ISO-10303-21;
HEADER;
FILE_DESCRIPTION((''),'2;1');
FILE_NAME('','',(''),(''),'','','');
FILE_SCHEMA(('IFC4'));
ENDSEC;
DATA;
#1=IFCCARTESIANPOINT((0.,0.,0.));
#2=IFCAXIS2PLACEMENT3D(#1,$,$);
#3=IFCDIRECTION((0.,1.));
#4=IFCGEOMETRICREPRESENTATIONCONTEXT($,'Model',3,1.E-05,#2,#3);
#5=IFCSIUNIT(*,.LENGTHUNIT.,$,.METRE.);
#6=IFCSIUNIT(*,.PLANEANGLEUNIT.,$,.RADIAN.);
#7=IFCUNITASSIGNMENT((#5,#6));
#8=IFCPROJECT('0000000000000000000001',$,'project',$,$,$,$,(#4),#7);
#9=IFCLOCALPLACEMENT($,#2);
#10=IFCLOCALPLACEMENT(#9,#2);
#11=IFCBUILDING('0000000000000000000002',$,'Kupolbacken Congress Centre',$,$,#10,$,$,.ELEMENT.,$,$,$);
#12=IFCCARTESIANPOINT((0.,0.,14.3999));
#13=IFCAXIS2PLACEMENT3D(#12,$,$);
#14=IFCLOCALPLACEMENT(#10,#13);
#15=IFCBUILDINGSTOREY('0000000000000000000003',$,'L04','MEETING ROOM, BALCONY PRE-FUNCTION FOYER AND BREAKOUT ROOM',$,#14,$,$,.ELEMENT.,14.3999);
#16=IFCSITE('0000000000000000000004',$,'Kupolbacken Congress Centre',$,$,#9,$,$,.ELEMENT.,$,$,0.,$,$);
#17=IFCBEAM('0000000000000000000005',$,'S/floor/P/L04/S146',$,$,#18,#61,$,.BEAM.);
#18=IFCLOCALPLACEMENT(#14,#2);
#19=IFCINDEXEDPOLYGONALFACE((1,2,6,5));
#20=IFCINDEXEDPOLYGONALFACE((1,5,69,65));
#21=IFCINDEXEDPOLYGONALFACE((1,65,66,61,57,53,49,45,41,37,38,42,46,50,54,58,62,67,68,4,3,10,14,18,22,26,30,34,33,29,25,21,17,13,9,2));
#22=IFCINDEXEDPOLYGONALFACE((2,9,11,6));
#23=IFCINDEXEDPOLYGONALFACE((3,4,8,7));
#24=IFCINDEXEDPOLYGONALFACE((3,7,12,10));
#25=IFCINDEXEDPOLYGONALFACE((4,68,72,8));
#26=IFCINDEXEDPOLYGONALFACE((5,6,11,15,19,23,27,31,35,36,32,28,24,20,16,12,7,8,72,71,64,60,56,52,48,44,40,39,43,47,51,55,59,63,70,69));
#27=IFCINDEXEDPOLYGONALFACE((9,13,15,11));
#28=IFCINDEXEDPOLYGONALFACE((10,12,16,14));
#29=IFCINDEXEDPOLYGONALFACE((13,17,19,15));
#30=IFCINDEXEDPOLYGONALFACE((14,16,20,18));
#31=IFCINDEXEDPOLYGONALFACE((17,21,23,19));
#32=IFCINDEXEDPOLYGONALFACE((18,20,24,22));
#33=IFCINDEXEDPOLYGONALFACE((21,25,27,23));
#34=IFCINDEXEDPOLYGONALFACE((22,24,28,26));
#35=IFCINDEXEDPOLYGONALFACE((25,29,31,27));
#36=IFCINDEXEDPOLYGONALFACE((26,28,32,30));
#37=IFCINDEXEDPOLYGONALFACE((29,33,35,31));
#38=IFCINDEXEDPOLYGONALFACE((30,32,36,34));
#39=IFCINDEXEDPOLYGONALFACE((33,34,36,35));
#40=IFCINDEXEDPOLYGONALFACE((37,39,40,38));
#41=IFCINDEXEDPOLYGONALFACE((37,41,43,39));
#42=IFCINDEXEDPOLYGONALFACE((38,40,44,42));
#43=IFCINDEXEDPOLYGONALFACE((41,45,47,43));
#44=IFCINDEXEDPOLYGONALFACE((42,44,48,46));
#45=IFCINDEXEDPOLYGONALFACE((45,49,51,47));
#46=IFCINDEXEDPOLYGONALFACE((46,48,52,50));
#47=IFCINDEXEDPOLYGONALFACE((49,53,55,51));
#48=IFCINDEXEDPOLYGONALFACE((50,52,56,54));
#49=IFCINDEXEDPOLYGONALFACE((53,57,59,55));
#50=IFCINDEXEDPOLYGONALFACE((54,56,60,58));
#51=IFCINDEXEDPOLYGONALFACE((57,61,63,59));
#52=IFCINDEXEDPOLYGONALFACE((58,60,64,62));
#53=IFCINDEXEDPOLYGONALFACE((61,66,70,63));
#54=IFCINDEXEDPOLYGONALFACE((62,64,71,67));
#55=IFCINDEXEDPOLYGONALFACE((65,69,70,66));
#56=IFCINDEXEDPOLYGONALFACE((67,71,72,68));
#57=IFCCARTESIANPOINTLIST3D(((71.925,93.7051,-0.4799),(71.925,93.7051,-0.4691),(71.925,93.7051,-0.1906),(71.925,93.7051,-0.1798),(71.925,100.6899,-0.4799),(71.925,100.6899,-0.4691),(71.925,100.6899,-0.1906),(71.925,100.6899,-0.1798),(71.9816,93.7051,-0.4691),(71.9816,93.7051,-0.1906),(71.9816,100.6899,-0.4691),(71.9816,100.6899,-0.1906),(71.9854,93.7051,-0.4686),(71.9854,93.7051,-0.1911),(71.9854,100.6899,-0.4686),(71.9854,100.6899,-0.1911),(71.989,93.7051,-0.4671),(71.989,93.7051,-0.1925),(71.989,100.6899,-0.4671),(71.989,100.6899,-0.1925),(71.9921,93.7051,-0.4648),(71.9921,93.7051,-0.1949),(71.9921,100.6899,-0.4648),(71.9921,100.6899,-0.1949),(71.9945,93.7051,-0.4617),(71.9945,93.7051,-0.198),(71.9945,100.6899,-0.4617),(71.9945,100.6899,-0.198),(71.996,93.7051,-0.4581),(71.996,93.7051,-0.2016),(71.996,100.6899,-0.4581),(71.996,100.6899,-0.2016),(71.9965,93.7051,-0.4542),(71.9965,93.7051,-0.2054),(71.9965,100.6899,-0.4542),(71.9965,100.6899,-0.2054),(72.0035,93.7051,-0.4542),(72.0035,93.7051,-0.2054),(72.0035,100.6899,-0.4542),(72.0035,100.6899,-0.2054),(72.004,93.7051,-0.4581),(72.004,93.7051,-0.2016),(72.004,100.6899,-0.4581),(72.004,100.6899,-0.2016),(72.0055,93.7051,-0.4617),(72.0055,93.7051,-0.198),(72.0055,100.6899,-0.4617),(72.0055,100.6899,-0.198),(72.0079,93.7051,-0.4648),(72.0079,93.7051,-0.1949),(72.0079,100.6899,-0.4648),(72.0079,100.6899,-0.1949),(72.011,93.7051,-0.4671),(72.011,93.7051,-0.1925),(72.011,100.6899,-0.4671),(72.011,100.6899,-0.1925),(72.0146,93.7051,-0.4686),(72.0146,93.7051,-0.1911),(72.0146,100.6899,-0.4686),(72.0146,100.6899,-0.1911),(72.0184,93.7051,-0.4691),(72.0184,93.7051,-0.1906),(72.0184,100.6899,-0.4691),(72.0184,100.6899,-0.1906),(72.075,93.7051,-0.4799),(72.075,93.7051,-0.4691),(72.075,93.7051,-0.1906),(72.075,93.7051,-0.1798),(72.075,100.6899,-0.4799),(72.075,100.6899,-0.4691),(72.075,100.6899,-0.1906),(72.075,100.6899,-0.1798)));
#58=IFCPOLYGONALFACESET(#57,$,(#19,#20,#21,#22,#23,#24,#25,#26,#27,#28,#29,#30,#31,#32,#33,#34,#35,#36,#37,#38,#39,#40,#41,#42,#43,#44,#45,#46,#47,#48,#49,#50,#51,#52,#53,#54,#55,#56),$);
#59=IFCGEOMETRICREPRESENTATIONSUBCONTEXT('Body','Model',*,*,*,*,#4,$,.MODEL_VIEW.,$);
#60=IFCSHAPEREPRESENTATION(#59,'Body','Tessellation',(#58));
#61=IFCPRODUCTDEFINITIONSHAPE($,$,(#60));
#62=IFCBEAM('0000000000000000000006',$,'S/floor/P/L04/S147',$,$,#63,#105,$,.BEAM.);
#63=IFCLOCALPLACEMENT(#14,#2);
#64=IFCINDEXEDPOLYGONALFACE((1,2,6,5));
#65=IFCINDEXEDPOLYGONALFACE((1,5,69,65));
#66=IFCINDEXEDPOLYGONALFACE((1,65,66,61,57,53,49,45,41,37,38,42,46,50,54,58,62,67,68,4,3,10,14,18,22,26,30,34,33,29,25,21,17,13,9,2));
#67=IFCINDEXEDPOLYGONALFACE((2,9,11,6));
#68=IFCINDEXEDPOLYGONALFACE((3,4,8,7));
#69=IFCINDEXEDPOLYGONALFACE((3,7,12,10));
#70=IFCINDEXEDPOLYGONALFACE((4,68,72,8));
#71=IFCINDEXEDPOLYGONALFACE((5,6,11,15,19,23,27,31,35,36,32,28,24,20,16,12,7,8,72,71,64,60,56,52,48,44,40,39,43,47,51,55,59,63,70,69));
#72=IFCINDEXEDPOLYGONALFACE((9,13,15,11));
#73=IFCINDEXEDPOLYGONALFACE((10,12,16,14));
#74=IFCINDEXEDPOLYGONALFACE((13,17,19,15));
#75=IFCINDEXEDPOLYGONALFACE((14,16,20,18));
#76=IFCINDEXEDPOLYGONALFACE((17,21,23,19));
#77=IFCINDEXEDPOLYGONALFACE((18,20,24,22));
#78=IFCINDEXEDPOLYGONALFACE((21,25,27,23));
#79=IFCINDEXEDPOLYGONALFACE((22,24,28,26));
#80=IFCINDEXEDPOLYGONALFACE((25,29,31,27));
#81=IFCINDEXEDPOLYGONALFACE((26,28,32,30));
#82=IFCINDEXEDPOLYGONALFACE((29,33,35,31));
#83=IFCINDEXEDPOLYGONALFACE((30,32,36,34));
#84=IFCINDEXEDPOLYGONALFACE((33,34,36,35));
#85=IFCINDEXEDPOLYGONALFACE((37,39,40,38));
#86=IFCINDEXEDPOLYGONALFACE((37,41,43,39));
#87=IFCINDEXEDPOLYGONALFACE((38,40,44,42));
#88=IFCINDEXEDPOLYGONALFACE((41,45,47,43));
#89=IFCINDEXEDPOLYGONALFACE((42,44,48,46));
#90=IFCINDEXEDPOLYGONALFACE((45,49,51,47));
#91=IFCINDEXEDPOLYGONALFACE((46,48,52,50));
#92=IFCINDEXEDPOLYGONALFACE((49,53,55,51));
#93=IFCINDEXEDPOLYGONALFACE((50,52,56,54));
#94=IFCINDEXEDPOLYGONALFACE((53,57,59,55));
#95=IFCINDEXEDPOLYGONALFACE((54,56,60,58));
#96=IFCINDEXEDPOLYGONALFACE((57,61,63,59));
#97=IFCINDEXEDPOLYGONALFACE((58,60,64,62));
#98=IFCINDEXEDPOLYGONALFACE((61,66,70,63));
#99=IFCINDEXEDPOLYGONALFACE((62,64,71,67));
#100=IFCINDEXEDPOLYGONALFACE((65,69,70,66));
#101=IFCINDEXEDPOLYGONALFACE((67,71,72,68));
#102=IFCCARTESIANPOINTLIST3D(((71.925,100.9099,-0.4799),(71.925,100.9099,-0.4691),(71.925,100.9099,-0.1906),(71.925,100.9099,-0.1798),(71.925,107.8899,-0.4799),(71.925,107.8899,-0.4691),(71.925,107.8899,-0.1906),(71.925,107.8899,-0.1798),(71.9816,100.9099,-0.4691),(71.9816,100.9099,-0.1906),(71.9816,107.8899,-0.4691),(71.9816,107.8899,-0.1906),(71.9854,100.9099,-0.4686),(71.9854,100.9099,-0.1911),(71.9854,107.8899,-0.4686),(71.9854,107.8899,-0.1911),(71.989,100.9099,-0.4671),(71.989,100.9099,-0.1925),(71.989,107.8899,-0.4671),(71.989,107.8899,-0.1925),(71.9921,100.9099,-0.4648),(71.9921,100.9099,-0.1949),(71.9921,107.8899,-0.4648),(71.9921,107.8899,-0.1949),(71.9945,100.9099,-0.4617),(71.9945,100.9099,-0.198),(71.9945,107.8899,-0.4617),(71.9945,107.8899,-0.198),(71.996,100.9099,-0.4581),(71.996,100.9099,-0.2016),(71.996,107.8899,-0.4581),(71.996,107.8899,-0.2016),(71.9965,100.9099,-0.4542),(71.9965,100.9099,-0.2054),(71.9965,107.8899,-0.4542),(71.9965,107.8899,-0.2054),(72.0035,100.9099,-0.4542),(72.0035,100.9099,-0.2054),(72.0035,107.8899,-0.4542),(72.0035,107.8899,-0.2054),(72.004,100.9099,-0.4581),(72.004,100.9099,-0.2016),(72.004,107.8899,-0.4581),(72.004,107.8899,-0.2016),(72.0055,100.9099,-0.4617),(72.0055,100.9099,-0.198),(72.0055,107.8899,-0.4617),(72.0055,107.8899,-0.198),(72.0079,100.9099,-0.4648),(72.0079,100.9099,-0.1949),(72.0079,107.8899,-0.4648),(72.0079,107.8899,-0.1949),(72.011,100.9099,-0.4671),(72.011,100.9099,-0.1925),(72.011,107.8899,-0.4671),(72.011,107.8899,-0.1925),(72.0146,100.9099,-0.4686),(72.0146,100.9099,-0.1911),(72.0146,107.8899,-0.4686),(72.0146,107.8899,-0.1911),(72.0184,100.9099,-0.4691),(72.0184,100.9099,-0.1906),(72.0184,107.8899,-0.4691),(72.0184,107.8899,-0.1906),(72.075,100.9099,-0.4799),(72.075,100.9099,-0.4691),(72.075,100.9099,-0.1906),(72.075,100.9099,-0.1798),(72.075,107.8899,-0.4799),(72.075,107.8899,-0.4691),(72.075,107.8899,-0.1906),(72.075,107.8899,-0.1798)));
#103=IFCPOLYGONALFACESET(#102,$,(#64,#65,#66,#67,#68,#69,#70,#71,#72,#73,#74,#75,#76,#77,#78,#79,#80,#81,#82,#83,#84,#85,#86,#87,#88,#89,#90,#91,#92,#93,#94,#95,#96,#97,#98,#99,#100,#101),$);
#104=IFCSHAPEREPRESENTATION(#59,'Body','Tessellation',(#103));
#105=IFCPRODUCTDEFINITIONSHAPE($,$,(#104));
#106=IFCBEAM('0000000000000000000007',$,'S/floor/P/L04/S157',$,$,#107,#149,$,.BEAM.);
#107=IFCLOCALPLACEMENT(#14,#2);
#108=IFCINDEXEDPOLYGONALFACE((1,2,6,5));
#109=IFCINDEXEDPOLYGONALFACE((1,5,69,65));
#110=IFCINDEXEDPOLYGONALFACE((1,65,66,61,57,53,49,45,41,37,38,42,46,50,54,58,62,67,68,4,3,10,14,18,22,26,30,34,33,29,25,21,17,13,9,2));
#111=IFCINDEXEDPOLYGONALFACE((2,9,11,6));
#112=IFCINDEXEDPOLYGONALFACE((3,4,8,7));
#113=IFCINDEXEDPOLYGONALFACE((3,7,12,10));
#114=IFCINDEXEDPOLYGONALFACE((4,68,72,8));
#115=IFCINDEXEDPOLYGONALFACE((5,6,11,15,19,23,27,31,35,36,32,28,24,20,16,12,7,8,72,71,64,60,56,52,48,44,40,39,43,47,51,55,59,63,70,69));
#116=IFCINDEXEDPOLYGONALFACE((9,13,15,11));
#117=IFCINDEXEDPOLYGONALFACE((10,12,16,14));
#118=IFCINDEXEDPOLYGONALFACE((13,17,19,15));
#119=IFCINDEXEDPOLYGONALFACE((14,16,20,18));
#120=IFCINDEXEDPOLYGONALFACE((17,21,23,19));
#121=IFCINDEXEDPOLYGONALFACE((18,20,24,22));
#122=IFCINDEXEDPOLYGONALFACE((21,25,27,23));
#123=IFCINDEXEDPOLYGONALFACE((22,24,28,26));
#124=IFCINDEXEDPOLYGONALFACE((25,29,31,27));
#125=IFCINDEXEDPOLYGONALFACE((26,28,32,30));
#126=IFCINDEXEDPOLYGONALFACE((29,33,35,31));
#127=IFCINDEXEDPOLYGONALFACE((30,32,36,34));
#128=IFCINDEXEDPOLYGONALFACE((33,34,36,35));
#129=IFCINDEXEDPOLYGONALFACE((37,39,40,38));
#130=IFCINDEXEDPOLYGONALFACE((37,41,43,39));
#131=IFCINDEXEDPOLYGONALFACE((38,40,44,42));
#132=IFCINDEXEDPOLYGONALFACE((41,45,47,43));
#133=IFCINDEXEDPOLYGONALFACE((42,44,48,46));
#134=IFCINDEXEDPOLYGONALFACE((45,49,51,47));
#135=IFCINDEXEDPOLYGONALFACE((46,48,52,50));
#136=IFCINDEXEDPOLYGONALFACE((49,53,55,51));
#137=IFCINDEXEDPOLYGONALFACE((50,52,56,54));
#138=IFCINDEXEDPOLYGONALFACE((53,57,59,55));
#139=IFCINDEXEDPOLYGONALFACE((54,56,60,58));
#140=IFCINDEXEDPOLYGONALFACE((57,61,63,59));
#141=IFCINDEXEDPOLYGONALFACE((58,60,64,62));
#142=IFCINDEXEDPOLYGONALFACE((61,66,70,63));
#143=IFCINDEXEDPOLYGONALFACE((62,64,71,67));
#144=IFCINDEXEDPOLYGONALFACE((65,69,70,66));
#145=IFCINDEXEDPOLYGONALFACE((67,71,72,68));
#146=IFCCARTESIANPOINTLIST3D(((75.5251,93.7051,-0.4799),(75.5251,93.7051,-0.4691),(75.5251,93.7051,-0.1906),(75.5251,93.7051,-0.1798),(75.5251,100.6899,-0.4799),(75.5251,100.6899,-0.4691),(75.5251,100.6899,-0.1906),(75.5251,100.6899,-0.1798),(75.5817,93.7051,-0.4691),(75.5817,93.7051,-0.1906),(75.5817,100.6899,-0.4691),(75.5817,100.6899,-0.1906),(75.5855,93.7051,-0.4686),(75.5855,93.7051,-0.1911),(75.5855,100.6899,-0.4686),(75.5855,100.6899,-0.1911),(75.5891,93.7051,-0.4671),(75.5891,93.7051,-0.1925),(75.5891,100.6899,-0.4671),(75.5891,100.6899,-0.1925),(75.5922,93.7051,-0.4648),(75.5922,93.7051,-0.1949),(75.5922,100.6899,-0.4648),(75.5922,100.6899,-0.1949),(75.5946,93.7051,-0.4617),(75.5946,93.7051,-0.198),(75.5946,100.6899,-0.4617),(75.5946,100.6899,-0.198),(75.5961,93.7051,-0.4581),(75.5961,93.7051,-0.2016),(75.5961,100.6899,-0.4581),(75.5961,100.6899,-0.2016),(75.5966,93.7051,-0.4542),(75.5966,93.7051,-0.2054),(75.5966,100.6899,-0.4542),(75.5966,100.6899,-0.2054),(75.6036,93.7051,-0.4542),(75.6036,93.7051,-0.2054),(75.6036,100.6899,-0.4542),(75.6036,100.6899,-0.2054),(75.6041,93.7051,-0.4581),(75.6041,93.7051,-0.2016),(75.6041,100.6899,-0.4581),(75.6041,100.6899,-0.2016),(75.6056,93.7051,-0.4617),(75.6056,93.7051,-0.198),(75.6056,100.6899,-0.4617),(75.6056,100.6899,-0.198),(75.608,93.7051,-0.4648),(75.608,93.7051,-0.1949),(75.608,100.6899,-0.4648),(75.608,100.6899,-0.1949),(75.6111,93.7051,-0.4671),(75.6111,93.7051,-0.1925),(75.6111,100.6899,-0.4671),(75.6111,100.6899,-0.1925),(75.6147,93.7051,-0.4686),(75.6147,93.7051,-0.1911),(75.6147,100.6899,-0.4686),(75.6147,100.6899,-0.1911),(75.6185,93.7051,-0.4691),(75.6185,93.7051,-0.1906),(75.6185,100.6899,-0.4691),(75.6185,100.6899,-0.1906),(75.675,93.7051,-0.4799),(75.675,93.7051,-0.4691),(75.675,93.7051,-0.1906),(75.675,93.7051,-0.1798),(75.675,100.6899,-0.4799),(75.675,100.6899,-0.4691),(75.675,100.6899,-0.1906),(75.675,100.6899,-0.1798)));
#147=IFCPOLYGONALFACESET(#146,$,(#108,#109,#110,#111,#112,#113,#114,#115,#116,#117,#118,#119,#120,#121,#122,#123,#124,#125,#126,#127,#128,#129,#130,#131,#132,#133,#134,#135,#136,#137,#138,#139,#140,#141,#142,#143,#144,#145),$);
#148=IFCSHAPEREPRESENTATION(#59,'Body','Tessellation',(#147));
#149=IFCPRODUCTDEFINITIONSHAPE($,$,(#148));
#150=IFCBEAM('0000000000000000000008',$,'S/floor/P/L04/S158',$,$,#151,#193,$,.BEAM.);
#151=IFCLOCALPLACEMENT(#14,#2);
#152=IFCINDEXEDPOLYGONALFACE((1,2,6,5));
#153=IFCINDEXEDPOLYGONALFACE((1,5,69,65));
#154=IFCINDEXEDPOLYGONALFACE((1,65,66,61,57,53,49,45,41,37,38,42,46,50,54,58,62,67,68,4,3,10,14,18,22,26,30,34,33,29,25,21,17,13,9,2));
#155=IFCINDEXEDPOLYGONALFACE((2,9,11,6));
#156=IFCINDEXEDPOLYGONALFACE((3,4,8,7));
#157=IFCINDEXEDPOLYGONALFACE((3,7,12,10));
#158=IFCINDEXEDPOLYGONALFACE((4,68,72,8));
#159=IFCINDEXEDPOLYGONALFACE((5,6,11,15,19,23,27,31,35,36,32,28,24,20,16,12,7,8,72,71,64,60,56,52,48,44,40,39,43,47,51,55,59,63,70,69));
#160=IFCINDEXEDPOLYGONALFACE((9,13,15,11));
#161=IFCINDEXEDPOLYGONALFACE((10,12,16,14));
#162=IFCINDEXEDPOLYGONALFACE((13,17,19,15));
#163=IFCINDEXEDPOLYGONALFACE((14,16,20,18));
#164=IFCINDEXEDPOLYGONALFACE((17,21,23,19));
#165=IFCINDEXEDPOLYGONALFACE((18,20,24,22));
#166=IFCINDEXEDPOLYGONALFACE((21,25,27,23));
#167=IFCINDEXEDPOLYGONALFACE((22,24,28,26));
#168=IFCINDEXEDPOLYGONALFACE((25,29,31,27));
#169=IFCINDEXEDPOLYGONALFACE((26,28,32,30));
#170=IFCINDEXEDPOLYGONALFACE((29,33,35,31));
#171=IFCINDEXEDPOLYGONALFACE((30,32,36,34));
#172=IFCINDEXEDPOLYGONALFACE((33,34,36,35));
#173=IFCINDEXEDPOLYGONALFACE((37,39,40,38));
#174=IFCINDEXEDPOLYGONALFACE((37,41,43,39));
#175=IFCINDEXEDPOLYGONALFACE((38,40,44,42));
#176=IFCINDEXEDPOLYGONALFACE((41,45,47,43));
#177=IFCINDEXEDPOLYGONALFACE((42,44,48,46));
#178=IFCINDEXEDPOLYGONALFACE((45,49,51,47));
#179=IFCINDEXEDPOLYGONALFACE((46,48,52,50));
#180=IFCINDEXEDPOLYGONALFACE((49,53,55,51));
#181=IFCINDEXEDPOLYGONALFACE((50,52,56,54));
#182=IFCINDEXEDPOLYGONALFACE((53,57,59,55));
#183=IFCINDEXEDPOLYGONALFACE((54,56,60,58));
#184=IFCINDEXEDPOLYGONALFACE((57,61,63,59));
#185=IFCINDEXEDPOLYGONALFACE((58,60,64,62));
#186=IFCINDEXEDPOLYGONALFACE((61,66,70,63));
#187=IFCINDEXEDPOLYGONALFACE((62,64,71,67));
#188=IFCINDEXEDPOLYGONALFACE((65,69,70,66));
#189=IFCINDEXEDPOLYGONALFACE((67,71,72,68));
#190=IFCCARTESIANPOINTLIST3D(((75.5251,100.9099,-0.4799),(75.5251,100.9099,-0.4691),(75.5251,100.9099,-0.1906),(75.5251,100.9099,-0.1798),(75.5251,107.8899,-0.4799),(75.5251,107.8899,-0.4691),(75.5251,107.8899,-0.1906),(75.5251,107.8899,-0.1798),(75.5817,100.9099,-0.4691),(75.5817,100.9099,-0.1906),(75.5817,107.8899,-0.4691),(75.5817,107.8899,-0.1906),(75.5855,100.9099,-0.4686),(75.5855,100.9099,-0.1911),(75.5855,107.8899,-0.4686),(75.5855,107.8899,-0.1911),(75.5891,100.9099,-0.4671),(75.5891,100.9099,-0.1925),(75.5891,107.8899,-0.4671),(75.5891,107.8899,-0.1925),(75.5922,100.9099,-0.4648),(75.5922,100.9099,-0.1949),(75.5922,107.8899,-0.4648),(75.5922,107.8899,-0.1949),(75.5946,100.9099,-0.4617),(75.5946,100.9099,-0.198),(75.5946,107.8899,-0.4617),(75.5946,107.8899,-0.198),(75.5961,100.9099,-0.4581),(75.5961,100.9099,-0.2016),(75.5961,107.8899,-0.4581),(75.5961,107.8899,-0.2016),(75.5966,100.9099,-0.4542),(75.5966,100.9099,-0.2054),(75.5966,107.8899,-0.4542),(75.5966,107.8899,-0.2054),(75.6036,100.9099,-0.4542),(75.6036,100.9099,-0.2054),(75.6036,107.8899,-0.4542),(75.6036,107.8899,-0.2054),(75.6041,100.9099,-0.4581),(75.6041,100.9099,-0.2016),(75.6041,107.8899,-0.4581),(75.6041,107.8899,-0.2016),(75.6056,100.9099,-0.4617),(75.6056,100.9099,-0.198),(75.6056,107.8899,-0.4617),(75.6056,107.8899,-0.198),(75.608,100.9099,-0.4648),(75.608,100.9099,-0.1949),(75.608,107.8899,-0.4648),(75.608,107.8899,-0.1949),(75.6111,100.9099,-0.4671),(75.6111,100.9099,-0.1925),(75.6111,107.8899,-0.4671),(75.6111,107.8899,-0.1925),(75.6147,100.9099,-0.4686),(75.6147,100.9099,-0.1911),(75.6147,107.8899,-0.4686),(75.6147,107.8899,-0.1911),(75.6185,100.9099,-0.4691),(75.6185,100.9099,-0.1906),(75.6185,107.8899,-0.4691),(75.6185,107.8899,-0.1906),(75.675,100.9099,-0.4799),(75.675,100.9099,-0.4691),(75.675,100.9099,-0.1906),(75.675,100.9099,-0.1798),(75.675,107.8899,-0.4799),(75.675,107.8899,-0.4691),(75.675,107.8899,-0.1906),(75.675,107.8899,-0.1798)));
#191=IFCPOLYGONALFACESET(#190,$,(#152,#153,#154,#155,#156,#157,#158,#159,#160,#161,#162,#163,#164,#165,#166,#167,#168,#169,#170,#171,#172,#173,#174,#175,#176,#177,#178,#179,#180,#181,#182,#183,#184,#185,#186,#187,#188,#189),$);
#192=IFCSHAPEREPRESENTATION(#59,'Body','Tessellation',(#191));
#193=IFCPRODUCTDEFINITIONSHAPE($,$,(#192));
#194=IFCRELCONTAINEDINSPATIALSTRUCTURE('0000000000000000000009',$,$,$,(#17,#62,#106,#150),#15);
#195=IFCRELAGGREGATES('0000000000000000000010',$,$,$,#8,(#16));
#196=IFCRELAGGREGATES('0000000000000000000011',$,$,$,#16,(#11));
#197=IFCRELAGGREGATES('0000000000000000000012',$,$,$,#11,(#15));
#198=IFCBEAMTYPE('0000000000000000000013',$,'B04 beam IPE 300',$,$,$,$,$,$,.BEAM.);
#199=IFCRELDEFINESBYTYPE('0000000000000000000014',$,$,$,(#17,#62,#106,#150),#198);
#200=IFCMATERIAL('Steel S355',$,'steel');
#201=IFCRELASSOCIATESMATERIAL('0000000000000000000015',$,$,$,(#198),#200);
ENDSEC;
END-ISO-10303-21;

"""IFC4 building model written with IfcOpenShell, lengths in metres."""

from ifc_helpers import new_model, si_unit, direction, frame, origin, origin_2d, place, context, subcontext, project, spatial, i_section, extrude, material, material_profile, profile_set, type_object, element, save


model = new_model("IFC4")

# Units and contexts
model_context = context("Model", 3, precision=1e-05, world=origin(), true_north=direction((0.0, 1.0)))
body_context = subcontext(model_context, "Body", "Model", "MODEL_VIEW")
ifc_project = project(units=[si_unit("LENGTHUNIT", "METRE"), si_unit("PLANEANGLEUNIT", "RADIAN")], contexts=[model_context])

# Site, building, storey
site_placement = place(None, origin())
site = spatial("IfcSite", under=ifc_project, at=site_placement, Name="Kupolbacken Congress Centre", CompositionType="ELEMENT", RefElevation=0.0)
building_placement = place(site_placement, origin())
building = spatial("IfcBuilding", under=site, at=building_placement, Name="Kupolbacken Congress Centre", CompositionType="ELEMENT")
storey_placement = place(building_placement, frame((0.0, 0.0, 14.3999)))
storey = spatial("IfcBuildingStorey", under=building, at=storey_placement, Name="L04", Description="MEETING ROOM, BALCONY PRE-FUNCTION FOYER AND BREAKOUT ROOM", CompositionType="ELEMENT", Elevation=14.3999)

# Beams
ifc_material_1 = material(Name="Steel S355", Category="steel")
ifc_material_profile_1 = material_profile(ifc_material_1, i_section(OverallWidth=0.1499, OverallDepth=0.3, WebThickness=0.0071, FlangeThickness=0.0107, FilletRadius=0.0149, at=origin_2d()), Name="IPE 300")
ifc_profile_set_1 = profile_set([ifc_material_profile_1], Name="Steel S355")
beam_type_1 = type_object("IfcBeamType", Name="B04 beam IPE 300", PredefinedType="BEAM", material=ifc_profile_set_1)
beam_1_placement = place(storey_placement, frame((72.0, 93.7051, -0.3298), z_axis=(0.0, 1.0, 0.0), x_axis=(-1.0, 0.0, 0.0)))
element("IfcBeam", 1, at=beam_1_placement, inside=storey, type_object=beam_type_1, Name="S/floor/P/L04/S146", PredefinedType="BEAM", context=body_context, shape_type="SweptSolid", body=[
    extrude(i_section(OverallWidth=0.1499, OverallDepth=0.3, WebThickness=0.0071, FlangeThickness=0.0107, FilletRadius=0.0149, at=origin_2d()), origin(), (0.0, 0.0, 1.0), 6.9849),
])
beam_2_placement = place(storey_placement, frame((72.0, 100.9099, -0.3298), z_axis=(0.0, 1.0, 0.0), x_axis=(-1.0, 0.0, 0.0)))
element("IfcBeam", 2, at=beam_2_placement, inside=storey, type_object=beam_type_1, Name="S/floor/P/L04/S147", PredefinedType="BEAM", context=body_context, shape_type="SweptSolid", body=[
    extrude(i_section(OverallWidth=0.1499, OverallDepth=0.3, WebThickness=0.0071, FlangeThickness=0.0107, FilletRadius=0.0149, at=origin_2d()), origin(), (0.0, 0.0, 1.0), 6.98),
])
beam_3_placement = place(storey_placement, frame((75.6001, 93.7051, -0.3298), z_axis=(0.0, 1.0, 0.0), x_axis=(-1.0, 0.0, 0.0)))
element("IfcBeam", 3, at=beam_3_placement, inside=storey, type_object=beam_type_1, Name="S/floor/P/L04/S157", PredefinedType="BEAM", context=body_context, shape_type="SweptSolid", body=[
    extrude(i_section(OverallWidth=0.1499, OverallDepth=0.3, WebThickness=0.0071, FlangeThickness=0.0107, FilletRadius=0.0149, at=origin_2d()), origin(), (0.0, 0.0, 1.0), 6.9849),
])
beam_4_placement = place(storey_placement, frame((75.6001, 100.9099, -0.3298), z_axis=(0.0, 1.0, 0.0), x_axis=(-1.0, 0.0, 0.0)))
element("IfcBeam", 4, at=beam_4_placement, inside=storey, type_object=beam_type_1, Name="S/floor/P/L04/S158", PredefinedType="BEAM", context=body_context, shape_type="SweptSolid", body=[
    extrude(i_section(OverallWidth=0.1499, OverallDepth=0.3, WebThickness=0.0071, FlangeThickness=0.0107, FilletRadius=0.0149, at=origin_2d()), origin(), (0.0, 0.0, 1.0), 6.98),
])

save(model, "model.ifc")
